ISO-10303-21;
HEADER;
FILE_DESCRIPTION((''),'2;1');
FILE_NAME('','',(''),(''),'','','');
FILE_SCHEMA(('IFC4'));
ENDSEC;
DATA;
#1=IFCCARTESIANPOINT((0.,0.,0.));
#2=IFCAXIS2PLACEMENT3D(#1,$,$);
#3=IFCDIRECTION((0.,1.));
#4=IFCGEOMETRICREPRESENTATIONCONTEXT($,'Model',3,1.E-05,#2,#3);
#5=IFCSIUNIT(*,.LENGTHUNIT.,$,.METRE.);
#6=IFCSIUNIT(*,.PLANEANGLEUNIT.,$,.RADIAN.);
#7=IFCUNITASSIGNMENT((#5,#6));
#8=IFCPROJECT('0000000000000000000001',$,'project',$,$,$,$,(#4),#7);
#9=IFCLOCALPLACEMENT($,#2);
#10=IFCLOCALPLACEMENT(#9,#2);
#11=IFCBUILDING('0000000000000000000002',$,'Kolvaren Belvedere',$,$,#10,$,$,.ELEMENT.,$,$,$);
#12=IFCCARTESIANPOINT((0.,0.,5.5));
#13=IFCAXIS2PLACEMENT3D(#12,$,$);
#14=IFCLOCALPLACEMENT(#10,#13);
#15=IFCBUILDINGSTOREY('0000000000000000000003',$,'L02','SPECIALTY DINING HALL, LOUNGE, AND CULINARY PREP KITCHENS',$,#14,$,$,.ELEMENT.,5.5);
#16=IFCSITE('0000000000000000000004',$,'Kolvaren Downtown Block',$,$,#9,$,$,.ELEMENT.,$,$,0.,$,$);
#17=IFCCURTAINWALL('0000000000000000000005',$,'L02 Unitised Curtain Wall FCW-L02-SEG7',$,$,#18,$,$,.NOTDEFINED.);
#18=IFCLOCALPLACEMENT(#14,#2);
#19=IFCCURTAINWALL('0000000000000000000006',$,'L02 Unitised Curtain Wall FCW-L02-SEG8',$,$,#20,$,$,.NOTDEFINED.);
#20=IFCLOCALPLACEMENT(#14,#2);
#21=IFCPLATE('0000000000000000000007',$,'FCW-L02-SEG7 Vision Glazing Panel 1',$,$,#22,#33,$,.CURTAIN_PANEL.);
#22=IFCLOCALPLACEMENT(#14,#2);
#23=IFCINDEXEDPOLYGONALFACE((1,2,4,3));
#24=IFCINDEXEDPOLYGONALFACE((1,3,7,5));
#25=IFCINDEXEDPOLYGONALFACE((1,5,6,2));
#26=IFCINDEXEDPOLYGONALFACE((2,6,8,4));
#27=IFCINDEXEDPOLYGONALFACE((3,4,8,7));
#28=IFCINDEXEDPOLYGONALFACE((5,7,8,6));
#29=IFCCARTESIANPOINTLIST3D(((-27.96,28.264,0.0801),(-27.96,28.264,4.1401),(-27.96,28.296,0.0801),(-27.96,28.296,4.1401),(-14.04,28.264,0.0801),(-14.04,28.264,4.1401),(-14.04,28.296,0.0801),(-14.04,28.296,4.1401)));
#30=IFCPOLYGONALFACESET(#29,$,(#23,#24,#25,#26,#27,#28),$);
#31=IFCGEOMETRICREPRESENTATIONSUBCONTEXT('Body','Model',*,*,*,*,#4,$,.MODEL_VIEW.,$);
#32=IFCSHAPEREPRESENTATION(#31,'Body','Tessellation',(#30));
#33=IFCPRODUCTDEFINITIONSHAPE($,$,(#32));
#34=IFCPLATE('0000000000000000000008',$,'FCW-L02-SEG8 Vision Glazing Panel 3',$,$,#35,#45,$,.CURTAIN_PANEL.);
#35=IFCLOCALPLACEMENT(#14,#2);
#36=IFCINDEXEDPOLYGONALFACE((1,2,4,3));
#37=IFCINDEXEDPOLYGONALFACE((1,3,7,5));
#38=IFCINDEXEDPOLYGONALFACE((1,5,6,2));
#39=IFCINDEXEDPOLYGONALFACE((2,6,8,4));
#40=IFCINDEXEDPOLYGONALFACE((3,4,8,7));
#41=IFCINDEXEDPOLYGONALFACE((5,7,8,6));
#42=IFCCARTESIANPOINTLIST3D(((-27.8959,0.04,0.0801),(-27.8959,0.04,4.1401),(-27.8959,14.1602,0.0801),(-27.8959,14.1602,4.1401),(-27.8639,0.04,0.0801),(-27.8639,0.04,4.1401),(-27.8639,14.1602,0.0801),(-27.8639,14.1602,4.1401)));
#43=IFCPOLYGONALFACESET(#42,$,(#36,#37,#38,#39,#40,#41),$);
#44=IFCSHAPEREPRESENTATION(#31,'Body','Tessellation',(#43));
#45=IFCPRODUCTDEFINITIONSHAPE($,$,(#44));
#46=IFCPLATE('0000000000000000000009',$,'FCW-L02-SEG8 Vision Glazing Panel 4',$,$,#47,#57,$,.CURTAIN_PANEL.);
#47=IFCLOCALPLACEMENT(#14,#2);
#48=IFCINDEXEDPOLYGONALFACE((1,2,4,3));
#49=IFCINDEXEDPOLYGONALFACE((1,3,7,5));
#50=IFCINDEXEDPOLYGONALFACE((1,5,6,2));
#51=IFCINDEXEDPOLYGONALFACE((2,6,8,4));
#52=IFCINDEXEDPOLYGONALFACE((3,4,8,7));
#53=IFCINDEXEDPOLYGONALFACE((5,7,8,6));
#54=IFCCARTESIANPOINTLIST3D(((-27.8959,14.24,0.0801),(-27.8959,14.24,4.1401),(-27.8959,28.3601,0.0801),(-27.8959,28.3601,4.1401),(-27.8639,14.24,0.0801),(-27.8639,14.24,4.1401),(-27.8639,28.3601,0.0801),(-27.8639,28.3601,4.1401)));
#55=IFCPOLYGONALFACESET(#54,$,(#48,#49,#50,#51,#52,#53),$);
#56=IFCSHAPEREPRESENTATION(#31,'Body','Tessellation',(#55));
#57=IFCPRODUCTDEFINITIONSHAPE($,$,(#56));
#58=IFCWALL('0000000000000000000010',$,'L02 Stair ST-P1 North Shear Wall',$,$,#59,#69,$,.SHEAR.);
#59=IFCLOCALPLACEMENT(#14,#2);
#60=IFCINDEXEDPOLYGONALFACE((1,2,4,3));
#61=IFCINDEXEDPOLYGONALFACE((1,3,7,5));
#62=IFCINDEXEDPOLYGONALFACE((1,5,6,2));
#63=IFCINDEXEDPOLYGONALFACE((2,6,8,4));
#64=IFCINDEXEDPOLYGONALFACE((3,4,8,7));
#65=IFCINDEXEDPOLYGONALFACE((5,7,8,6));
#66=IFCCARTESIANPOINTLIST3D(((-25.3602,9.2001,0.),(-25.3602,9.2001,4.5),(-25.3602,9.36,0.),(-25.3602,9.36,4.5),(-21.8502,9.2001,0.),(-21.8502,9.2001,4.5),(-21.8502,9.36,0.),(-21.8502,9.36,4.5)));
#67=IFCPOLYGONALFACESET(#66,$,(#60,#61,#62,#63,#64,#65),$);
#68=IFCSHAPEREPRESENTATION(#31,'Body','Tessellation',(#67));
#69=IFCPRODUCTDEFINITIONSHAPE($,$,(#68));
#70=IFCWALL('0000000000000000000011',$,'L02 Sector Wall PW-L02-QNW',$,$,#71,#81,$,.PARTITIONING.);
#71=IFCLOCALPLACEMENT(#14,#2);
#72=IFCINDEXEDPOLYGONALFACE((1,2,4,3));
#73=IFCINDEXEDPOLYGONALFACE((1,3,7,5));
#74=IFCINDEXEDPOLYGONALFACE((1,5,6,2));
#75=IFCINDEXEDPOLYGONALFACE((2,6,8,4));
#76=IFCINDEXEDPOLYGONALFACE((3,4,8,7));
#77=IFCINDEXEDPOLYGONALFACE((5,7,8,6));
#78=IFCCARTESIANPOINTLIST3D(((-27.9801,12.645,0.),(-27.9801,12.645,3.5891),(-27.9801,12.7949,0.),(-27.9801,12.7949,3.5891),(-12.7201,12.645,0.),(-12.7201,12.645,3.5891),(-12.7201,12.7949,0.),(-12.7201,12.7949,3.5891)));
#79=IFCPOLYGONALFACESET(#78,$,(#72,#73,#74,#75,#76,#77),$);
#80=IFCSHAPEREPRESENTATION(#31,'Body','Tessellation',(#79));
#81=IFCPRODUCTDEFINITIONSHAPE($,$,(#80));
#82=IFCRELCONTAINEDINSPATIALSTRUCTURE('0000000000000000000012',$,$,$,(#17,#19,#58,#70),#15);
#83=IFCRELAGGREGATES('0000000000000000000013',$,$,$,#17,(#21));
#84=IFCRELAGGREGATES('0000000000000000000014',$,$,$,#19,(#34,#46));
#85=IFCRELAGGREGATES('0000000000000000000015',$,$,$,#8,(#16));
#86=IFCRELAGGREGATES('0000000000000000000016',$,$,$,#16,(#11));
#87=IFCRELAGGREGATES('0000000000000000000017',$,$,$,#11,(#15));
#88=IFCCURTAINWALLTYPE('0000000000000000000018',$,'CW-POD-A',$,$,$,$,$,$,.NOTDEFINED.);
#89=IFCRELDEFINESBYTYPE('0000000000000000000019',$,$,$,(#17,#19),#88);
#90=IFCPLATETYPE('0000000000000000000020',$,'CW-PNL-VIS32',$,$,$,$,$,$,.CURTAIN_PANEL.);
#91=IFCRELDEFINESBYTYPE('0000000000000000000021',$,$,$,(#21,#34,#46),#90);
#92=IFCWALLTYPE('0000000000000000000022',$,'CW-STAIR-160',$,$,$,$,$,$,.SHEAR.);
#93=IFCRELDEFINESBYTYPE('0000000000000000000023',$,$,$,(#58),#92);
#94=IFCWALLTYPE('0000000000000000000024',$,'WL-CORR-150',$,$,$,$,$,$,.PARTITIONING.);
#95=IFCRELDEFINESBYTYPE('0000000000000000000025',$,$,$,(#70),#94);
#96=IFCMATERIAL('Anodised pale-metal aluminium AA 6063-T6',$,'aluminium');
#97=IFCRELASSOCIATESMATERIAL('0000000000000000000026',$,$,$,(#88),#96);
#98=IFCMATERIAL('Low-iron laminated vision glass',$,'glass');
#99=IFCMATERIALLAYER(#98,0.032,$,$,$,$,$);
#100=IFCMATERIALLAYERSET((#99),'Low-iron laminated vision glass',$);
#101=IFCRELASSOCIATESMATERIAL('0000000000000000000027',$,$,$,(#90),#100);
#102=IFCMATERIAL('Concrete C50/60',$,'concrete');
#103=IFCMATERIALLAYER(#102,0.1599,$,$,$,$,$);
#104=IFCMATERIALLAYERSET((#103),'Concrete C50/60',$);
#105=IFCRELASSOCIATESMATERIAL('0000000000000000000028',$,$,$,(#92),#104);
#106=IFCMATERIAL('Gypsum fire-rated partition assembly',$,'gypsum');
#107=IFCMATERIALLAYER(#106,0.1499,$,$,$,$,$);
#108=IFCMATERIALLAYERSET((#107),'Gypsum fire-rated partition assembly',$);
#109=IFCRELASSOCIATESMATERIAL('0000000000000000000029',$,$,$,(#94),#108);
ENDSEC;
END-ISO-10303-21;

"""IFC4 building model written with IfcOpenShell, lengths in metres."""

from ifc_helpers import new_model, si_unit, direction, frame, frame_2d, origin, origin_2d, place, context, subcontext, project, spatial, rectangle, extrude, material, layer, layer_set, type_object, element, aggregate, save


model = new_model("IFC4")

# Units and contexts
model_context = context("Model", 3, precision=1e-05, world=origin(), true_north=direction((0.0, 1.0)))
body_context = subcontext(model_context, "Body", "Model", "MODEL_VIEW")
ifc_project = project(units=[si_unit("LENGTHUNIT", "METRE"), si_unit("PLANEANGLEUNIT", "RADIAN")], contexts=[model_context])

# Site, building, storey
site_placement = place(None, origin())
site = spatial("IfcSite", under=ifc_project, at=site_placement, Name="Kolvaren Downtown Block", CompositionType="ELEMENT", RefElevation=0.0)
building_placement = place(site_placement, origin())
building = spatial("IfcBuilding", under=site, at=building_placement, Name="Kolvaren Belvedere", CompositionType="ELEMENT")
storey_placement = place(building_placement, frame((0.0, 0.0, 5.5)))
storey = spatial("IfcBuildingStorey", under=building, at=storey_placement, Name="L02", Description="SPECIALTY DINING HALL, LOUNGE, AND CULINARY PREP KITCHENS", CompositionType="ELEMENT", Elevation=5.5)

# Curtain wall
ifc_material_1 = material(Name="Anodised pale-metal aluminium AA 6063-T6", Category="aluminium")
curtain_wall_type = type_object("IfcCurtainWallType", Name="CW-POD-A", PredefinedType="NOTDEFINED", material=ifc_material_1)
curtain_wall_1_placement = place(storey_placement, origin())
curtain_wall_1 = element("IfcCurtainWall", 1, at=curtain_wall_1_placement, inside=storey, type_object=curtain_wall_type, Name="L02 Unitised Curtain Wall FCW-L02-SEG7", PredefinedType="NOTDEFINED")

# Curtain wall
curtain_wall_2_placement = place(storey_placement, origin())
curtain_wall_2 = element("IfcCurtainWall", 2, at=curtain_wall_2_placement, inside=storey, type_object=curtain_wall_type, Name="L02 Unitised Curtain Wall FCW-L02-SEG8", PredefinedType="NOTDEFINED")

# Plates
ifc_material_2 = material(Name="Low-iron laminated vision glass", Category="glass")
ifc_layer_1 = layer(ifc_material_2, 0.032)
ifc_layer_set_1 = layer_set([ifc_layer_1], Name="Low-iron laminated vision glass")
plate_type = type_object("IfcPlateType", Name="CW-PNL-VIS32", PredefinedType="CURTAIN_PANEL", material=ifc_layer_set_1)
plate_1_placement = place(storey_placement, frame((-21.0, 28.28, 0.0801), z_axis=(0.0, 0.0, 1.0), x_axis=(1.0, 0.0, 0.0)))
plate_1 = element("IfcPlate", 3, at=plate_1_placement, type_object=plate_type, Name="FCW-L02-SEG7 Vision Glazing Panel 1", PredefinedType="CURTAIN_PANEL", context=body_context, shape_type="SweptSolid", body=[
    extrude(rectangle(XDim=13.9199, YDim=0.032, at=origin_2d()), origin(), (0.0, 0.0, 1.0), 4.0601),
])
aggregate(curtain_wall_1, [plate_1])
plate_2_placement = place(storey_placement, frame((-27.8799, 7.1001, 0.0801), z_axis=(0.0, 0.0, 1.0), x_axis=(0.0, 1.0, 0.0)))
plate_2 = element("IfcPlate", 4, at=plate_2_placement, type_object=plate_type, Name="FCW-L02-SEG8 Vision Glazing Panel 3", PredefinedType="CURTAIN_PANEL", context=body_context, shape_type="SweptSolid", body=[
    extrude(rectangle(XDim=14.1201, YDim=0.032, at=origin_2d()), origin(), (0.0, 0.0, 1.0), 4.0601),
])
plate_3_placement = place(storey_placement, frame((-27.8799, 21.3, 0.0801), z_axis=(0.0, 0.0, 1.0), x_axis=(0.0, 1.0, 0.0)))
plate_3 = element("IfcPlate", 5, at=plate_3_placement, type_object=plate_type, Name="FCW-L02-SEG8 Vision Glazing Panel 4", PredefinedType="CURTAIN_PANEL", context=body_context, shape_type="SweptSolid", body=[
    extrude(rectangle(XDim=14.1201, YDim=0.032, at=origin_2d()), origin(), (0.0, 0.0, 1.0), 4.0601),
])
aggregate(curtain_wall_2, [plate_2, plate_3])

# Walls
ifc_material_3 = material(Name="Concrete C50/60", Category="concrete")
ifc_layer_2 = layer(ifc_material_3, 0.1599)
ifc_layer_set_2 = layer_set([ifc_layer_2], Name="Concrete C50/60")
wall_type_1 = type_object("IfcWallType", Name="CW-STAIR-160", PredefinedType="SHEAR", material=ifc_layer_set_2)
wall_1_placement = place(storey_placement, frame((-25.3601, 9.28, 0.0), z_axis=(0.0, 0.0, 1.0), x_axis=(1.0, 0.0, 0.0)))
element("IfcWall", 6, at=wall_1_placement, inside=storey, type_object=wall_type_1, Name="L02 Stair ST-P1 North Shear Wall", PredefinedType="SHEAR", context=body_context, shape_type="SweptSolid", body=[
    extrude(rectangle(XDim=3.51, YDim=0.1599, at=frame_2d((1.7549, 0.0))), origin(), (0.0, 0.0, 1.0), 4.5),
])
ifc_material_4 = material(Name="Gypsum fire-rated partition assembly", Category="gypsum")
ifc_layer_3 = layer(ifc_material_4, 0.1499)
ifc_layer_set_3 = layer_set([ifc_layer_3], Name="Gypsum fire-rated partition assembly")
wall_type_2 = type_object("IfcWallType", Name="WL-CORR-150", PredefinedType="PARTITIONING", material=ifc_layer_set_3)
wall_2_placement = place(storey_placement, frame((-27.98, 12.72, 0.0), z_axis=(0.0, 0.0, 1.0), x_axis=(1.0, 0.0, 0.0)))
element("IfcWall", 7, at=wall_2_placement, inside=storey, type_object=wall_type_2, Name="L02 Sector Wall PW-L02-QNW", PredefinedType="PARTITIONING", context=body_context, shape_type="SweptSolid", body=[
    extrude(rectangle(XDim=15.26, YDim=0.1499, at=frame_2d((7.6299, 0.0))), origin(), (0.0, 0.0, 1.0), 3.5891),
])

save(model, "model.ifc")
